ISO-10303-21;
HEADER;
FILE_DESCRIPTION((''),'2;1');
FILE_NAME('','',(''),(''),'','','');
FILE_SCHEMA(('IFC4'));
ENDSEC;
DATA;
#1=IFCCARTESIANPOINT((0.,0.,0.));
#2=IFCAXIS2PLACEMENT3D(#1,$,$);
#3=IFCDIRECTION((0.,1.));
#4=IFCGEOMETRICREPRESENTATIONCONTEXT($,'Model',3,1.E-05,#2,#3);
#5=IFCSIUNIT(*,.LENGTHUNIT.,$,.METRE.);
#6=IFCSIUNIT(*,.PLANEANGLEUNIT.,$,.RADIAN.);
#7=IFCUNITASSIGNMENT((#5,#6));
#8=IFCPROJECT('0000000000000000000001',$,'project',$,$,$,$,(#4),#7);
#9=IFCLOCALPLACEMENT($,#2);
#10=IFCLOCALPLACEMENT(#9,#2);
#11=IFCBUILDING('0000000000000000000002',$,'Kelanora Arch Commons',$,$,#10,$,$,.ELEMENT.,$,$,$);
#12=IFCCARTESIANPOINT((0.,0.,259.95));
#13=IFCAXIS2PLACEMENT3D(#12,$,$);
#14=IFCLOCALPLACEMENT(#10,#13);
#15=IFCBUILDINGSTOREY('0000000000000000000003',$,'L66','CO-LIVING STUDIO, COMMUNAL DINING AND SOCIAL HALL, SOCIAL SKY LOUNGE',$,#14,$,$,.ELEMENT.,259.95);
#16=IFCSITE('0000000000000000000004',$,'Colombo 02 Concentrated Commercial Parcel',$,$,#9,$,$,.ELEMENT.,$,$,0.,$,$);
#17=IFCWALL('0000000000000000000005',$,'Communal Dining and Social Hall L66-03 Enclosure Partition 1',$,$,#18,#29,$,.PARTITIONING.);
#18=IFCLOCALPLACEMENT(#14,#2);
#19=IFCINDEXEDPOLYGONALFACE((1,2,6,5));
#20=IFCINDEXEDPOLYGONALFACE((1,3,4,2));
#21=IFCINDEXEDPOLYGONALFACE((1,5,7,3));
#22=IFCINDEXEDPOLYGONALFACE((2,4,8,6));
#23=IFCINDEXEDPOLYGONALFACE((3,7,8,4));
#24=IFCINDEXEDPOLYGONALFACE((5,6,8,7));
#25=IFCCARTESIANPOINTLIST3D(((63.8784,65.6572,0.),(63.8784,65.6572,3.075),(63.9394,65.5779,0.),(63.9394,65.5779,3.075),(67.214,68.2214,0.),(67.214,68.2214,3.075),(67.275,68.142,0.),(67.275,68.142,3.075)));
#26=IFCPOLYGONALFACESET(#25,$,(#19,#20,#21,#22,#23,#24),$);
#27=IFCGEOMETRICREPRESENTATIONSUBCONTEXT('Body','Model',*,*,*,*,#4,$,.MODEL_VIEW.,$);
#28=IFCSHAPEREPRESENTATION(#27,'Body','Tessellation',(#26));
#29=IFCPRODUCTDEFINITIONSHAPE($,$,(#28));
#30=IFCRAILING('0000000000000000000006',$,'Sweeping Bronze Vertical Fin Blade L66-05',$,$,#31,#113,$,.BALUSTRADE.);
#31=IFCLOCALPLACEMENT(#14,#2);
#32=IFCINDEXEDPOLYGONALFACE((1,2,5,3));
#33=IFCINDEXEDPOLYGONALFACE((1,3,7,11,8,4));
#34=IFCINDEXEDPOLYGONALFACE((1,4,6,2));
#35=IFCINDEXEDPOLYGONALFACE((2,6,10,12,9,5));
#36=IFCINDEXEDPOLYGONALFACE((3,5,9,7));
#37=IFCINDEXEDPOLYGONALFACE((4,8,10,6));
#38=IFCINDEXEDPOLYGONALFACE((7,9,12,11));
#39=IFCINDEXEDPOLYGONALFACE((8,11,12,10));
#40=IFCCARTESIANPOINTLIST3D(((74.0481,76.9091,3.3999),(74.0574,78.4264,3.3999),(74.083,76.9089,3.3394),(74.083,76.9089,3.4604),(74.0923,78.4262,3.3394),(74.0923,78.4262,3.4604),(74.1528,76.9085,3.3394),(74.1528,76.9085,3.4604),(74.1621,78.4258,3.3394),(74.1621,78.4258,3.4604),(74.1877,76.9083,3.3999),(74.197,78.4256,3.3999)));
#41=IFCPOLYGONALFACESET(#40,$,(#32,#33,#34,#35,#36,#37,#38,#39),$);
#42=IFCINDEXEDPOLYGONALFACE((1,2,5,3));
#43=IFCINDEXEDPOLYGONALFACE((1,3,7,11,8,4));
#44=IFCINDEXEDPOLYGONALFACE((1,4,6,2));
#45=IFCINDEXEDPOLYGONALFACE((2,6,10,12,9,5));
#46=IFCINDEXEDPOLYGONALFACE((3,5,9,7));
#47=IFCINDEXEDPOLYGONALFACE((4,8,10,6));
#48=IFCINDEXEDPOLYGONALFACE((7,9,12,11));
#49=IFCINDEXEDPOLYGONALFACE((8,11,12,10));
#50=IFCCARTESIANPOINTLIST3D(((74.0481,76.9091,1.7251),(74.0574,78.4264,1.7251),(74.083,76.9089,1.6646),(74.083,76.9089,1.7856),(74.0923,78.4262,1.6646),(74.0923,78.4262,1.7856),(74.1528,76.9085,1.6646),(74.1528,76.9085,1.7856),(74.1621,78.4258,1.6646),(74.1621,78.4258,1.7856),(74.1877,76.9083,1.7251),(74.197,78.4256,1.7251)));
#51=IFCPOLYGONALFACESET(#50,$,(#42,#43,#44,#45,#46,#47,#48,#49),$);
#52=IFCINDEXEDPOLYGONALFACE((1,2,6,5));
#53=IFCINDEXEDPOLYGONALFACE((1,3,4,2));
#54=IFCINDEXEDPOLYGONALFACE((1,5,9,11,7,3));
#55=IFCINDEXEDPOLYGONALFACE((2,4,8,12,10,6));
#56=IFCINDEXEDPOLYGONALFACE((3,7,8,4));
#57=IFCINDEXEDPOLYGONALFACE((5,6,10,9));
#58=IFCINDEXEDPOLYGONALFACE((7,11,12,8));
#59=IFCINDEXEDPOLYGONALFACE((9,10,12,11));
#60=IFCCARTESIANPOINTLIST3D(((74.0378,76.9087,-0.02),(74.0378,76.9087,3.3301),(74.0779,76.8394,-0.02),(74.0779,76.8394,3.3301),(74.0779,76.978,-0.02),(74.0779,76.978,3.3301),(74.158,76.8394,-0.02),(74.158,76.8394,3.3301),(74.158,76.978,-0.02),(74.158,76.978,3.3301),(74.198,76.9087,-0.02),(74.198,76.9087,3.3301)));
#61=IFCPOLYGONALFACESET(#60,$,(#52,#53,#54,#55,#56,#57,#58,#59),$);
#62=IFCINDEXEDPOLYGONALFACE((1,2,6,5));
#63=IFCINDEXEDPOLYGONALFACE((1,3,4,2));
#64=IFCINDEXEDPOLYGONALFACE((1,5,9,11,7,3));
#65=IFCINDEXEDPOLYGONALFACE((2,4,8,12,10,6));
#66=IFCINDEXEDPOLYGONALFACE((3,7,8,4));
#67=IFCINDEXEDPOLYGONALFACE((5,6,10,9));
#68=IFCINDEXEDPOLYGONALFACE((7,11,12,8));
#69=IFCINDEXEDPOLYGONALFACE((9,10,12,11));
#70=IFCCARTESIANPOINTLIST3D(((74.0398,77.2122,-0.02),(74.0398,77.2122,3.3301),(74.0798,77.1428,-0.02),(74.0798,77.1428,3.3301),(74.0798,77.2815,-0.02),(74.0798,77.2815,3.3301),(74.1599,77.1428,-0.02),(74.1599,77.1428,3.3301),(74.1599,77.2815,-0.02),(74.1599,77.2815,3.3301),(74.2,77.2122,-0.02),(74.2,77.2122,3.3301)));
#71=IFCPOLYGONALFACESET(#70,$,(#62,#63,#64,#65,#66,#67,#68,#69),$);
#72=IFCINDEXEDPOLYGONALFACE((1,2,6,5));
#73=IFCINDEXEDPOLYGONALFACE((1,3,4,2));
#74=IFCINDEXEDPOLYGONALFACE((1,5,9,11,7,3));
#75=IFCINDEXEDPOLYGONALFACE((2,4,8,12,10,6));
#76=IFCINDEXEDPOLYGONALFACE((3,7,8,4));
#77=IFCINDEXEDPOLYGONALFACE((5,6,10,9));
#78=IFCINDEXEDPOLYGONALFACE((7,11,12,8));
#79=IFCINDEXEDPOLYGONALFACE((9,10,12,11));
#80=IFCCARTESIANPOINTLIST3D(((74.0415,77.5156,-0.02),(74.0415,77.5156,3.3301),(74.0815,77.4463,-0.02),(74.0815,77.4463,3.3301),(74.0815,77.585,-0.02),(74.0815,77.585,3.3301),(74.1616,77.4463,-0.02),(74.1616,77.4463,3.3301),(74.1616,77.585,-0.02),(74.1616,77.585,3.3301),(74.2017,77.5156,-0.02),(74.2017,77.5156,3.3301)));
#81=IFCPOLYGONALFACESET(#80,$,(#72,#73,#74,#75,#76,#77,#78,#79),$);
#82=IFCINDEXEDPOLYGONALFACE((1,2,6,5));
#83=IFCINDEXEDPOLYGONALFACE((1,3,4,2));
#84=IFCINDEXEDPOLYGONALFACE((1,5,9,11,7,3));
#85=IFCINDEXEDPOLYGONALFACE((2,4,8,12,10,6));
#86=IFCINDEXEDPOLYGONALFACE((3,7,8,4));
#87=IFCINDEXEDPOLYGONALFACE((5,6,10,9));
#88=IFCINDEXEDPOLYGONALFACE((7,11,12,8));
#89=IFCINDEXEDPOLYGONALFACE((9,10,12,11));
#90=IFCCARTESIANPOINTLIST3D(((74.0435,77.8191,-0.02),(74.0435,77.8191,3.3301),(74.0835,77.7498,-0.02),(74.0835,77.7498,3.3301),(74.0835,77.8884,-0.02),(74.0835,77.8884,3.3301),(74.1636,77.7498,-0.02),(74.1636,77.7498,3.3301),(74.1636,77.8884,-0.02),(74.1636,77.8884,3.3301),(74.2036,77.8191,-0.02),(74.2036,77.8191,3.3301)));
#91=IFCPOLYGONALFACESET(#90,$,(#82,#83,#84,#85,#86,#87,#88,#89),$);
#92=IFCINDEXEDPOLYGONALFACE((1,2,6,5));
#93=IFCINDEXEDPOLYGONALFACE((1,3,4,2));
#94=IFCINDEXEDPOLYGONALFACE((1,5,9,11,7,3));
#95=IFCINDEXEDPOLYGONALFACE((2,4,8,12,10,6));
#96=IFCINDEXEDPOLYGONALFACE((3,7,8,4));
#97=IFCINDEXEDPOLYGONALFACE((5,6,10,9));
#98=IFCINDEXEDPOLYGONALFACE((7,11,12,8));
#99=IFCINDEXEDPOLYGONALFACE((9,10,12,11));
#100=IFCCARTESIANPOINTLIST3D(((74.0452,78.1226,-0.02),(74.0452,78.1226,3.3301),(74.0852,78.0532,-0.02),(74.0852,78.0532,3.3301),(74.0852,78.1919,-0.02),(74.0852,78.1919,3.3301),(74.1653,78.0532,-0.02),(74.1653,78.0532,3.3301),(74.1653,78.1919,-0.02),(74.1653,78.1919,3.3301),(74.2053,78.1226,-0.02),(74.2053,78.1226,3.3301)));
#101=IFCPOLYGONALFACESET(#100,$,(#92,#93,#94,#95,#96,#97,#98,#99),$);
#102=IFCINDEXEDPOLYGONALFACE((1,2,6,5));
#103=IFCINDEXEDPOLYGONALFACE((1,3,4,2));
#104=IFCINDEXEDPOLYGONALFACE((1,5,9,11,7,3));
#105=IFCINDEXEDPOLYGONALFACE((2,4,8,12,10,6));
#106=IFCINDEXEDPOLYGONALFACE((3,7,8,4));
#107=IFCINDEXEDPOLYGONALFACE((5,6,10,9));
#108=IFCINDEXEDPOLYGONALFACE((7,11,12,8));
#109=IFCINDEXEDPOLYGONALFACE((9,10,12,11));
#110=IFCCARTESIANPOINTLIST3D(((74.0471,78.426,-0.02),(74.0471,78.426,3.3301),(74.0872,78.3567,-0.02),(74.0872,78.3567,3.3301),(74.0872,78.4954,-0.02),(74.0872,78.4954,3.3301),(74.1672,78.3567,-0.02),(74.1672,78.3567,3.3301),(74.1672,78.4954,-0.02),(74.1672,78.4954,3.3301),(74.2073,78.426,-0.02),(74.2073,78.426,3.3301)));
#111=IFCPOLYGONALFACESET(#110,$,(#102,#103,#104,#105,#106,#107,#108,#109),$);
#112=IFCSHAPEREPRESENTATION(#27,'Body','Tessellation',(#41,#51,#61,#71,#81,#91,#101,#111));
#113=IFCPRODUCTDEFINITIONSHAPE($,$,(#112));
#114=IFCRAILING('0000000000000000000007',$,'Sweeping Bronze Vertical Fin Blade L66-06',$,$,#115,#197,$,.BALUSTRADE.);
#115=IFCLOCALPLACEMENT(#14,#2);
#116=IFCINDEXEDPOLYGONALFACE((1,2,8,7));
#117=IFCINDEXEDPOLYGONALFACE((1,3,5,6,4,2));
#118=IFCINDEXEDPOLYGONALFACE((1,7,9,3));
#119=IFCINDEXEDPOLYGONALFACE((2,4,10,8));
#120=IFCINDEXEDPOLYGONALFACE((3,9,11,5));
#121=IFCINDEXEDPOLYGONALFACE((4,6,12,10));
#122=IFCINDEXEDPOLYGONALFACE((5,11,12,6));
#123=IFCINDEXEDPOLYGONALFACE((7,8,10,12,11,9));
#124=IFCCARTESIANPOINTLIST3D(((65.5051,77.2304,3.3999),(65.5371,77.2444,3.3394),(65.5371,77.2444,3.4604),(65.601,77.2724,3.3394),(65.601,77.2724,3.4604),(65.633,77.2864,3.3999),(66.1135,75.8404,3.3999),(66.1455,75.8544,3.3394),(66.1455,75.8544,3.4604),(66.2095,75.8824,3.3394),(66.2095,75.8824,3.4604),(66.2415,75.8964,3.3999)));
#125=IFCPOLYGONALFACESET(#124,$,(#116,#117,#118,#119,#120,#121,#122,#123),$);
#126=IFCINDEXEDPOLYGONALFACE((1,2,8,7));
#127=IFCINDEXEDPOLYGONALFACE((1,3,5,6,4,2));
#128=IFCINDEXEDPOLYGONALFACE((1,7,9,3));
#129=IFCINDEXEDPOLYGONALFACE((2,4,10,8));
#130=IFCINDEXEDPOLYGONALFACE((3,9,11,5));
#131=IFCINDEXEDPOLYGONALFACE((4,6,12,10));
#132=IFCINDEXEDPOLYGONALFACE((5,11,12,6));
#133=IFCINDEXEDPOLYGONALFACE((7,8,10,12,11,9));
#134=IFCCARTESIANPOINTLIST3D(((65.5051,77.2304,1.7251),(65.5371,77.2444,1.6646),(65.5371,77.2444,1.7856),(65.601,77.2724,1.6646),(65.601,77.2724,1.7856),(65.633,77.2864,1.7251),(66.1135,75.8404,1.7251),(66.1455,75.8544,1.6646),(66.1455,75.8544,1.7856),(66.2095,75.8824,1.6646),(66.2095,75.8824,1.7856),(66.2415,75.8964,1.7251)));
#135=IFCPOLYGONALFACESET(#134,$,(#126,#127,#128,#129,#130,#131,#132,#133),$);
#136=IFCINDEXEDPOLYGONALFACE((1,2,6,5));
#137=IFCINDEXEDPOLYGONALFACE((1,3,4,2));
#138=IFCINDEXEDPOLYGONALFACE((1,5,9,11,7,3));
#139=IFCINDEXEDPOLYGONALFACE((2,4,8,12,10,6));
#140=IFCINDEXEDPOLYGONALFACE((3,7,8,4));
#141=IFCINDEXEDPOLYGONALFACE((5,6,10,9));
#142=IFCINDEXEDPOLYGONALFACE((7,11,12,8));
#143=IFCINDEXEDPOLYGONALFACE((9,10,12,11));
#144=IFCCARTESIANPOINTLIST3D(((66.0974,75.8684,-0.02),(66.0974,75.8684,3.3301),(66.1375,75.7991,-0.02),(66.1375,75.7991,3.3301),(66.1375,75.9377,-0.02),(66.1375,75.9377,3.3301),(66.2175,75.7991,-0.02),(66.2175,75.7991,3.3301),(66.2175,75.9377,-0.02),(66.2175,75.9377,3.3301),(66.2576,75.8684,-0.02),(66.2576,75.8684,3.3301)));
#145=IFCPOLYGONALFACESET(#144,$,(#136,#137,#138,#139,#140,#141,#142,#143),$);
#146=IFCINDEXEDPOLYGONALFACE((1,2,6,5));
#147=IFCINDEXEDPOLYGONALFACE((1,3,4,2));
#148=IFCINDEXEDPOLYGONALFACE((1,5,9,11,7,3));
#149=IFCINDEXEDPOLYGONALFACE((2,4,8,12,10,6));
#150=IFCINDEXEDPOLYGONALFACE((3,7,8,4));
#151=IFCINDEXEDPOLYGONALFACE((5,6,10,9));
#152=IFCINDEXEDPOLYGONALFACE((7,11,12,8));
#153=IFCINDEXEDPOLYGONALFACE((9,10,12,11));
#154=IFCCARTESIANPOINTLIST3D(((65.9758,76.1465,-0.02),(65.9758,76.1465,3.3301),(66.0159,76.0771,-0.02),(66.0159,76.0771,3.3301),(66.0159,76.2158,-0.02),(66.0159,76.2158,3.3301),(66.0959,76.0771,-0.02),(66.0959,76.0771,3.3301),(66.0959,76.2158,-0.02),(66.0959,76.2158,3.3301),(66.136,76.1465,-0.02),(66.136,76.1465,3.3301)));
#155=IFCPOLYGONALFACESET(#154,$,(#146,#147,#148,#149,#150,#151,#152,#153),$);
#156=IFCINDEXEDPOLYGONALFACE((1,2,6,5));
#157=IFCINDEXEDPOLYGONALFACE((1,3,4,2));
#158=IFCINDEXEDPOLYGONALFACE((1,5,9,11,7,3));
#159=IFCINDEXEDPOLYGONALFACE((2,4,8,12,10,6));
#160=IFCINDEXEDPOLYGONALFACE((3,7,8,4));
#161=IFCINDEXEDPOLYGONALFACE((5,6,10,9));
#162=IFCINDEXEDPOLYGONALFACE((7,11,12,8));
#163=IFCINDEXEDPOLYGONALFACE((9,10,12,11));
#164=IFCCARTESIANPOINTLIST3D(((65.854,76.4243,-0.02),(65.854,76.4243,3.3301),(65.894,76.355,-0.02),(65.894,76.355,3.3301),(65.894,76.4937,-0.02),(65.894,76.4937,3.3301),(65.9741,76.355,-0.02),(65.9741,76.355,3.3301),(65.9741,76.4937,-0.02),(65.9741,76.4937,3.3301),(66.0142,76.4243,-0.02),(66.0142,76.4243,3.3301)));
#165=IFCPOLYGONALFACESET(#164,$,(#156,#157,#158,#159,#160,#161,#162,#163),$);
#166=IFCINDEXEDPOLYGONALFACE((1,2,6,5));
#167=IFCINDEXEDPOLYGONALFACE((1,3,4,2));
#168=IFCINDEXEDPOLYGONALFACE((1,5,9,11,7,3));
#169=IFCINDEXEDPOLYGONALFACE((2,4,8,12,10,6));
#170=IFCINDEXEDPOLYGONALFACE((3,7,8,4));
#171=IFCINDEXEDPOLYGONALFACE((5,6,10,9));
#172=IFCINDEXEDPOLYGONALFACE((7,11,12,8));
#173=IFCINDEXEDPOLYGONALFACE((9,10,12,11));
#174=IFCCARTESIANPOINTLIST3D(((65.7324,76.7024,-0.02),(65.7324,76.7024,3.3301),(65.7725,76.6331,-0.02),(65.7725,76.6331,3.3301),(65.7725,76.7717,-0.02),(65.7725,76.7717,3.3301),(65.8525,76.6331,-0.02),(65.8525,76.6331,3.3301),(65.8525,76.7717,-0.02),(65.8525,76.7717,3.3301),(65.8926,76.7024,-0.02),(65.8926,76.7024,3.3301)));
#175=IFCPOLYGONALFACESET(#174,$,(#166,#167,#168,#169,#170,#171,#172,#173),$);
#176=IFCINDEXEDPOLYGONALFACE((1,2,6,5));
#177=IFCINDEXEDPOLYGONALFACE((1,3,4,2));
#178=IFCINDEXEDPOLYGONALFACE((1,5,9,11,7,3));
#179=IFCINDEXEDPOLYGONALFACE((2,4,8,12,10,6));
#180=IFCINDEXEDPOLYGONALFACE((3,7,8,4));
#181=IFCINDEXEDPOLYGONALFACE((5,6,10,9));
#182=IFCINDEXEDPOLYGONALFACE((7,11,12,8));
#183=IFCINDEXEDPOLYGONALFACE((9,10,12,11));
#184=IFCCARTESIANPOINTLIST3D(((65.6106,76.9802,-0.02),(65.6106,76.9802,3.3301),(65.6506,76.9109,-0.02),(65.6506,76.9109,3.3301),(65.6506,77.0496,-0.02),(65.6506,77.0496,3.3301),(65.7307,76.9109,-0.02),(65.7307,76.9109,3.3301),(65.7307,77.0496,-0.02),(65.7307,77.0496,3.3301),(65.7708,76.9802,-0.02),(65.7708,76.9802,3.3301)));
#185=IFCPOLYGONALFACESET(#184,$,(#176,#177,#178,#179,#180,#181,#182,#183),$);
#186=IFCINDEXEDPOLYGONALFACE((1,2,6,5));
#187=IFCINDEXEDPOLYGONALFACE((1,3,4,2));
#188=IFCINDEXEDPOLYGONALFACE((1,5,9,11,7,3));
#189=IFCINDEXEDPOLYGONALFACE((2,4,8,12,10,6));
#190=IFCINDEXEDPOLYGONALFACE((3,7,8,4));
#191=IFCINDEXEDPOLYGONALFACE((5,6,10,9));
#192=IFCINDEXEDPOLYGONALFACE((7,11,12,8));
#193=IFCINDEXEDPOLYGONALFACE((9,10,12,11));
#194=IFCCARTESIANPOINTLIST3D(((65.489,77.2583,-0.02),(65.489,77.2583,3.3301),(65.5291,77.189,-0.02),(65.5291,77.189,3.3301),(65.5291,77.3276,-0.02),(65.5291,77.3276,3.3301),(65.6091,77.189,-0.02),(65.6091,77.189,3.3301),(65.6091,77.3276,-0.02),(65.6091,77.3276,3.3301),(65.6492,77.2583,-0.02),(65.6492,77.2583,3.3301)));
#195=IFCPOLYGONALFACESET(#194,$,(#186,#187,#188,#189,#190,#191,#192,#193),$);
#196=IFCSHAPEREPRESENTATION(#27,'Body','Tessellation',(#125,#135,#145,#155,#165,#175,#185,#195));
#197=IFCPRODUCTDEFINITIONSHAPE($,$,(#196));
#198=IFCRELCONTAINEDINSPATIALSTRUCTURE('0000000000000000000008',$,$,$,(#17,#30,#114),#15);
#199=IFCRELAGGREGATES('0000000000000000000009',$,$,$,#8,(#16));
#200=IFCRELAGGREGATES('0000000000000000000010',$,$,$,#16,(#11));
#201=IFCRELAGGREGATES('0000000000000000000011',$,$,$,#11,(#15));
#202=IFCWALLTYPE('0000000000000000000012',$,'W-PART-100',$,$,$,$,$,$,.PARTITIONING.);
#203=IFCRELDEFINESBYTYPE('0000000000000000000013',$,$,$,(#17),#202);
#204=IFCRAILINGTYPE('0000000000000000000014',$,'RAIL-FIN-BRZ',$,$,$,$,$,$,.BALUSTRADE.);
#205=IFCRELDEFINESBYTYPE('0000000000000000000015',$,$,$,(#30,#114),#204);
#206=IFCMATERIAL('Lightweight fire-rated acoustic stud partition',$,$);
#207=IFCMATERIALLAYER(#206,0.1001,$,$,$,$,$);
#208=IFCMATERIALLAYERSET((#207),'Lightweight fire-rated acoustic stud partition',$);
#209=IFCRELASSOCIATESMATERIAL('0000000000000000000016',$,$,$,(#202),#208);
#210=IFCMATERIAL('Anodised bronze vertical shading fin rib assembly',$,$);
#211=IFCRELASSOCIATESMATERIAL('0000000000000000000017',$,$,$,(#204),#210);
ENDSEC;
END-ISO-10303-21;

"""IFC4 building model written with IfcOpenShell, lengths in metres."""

from ifc_helpers import new_model, si_unit, direction, frame, frame_2d, origin, place, context, subcontext, project, spatial, polyline, rectangle, outline, extrude, material, layer, layer_set, type_object, element, save


model = new_model("IFC4")

# Units and contexts
model_context = context("Model", 3, precision=1e-05, world=origin(), true_north=direction((0.0, 1.0)))
body_context = subcontext(model_context, "Body", "Model", "MODEL_VIEW")
ifc_project = project(units=[si_unit("LENGTHUNIT", "METRE"), si_unit("PLANEANGLEUNIT", "RADIAN")], contexts=[model_context])

# Site, building, storey
site_placement = place(None, origin())
site = spatial("IfcSite", under=ifc_project, at=site_placement, Name="Colombo 02 Concentrated Commercial Parcel", CompositionType="ELEMENT", RefElevation=0.0)
building_placement = place(site_placement, origin())
building = spatial("IfcBuilding", under=site, at=building_placement, Name="Kelanora Arch Commons", CompositionType="ELEMENT")
storey_placement = place(building_placement, frame((0.0, 0.0, 259.95)))
storey = spatial("IfcBuildingStorey", under=building, at=storey_placement, Name="L66", Description="CO-LIVING STUDIO, COMMUNAL DINING AND SOCIAL HALL, SOCIAL SKY LOUNGE", CompositionType="ELEMENT", Elevation=259.95)

# Wall
ifc_material_1 = material(Name="Lightweight fire-rated acoustic stud partition")
ifc_layer_1 = layer(ifc_material_1, 0.1001)
ifc_layer_set_1 = layer_set([ifc_layer_1], Name="Lightweight fire-rated acoustic stud partition")
wall_type_1 = type_object("IfcWallType", Name="W-PART-100", PredefinedType="PARTITIONING", material=ifc_layer_set_1)
wall_1_placement = place(storey_placement, frame((67.2444, 68.1816, 0.0), z_axis=(0.0, 0.0, 1.0), x_axis=(-0.79282, -0.609456, 0.0)))
element("IfcWall", 1, at=wall_1_placement, inside=storey, type_object=wall_type_1, Name="Communal Dining and Social Hall L66-03 Enclosure Partition 1", PredefinedType="PARTITIONING", context=body_context, shape_type="SweptSolid", body=[
    extrude(rectangle(XDim=4.2073, YDim=0.1001, at=frame_2d((2.1035, 0.0))), origin(), (0.0, 0.0, 1.0), 3.075),
])

# Railings
ifc_material_2 = material(Name="Anodised bronze vertical shading fin rib assembly")
railing_type = type_object("IfcRailingType", Name="RAIL-FIN-BRZ", PredefinedType="BALUSTRADE", material=ifc_material_2)
railing_1_placement = place(storey_placement, frame((74.1179, 76.9087, -0.02)))
element("IfcRailing", 2, at=railing_1_placement, inside=storey, type_object=railing_type, Name="Sweeping Bronze Vertical Fin Blade L66-05", PredefinedType="BALUSTRADE", context=body_context, shape_type="SweptSolid", body=[
    extrude(outline(polyline([(0.0698, 0.0), (0.0349, 0.0605), (-0.0349, 0.0605), (-0.0698, 0.0), (-0.0349, -0.0605), (0.0349, -0.0605), (0.0698, 0.0)])), frame((0.0, 0.0, 3.4199), z_axis=(0.006114, 0.999981, 0.0), x_axis=(-0.999981, 0.006114, 0.0)), (0.0, 0.0, 1.0), 1.5173),
    extrude(outline(polyline([(0.0698, 0.0), (0.0349, 0.0605), (-0.0349, 0.0605), (-0.0698, 0.0), (-0.0349, -0.0605), (0.0349, -0.0605), (0.0698, 0.0)])), frame((0.0, 0.0, 1.7451), z_axis=(0.006114, 0.999981, 0.0), x_axis=(-0.999981, 0.006114, 0.0)), (0.0, 0.0, 1.0), 1.5173),
    extrude(outline(polyline([(0.0801, 0.0), (0.04, 0.0693), (-0.04, 0.0693), (-0.0801, 0.0), (-0.04, -0.0693), (0.04, -0.0693), (0.0801, 0.0)])), origin(), (0.0, 0.0, 1.0), 3.3501),
    extrude(outline(polyline([(0.0801, 0.0), (0.04, 0.0693), (-0.04, 0.0693), (-0.0801, 0.0), (-0.04, -0.0693), (0.04, -0.0693), (0.0801, 0.0)])), frame((0.002, 0.3035, 0.0)), (0.0, 0.0, 1.0), 3.3501),
    extrude(outline(polyline([(0.0801, 0.0), (0.04, 0.0693), (-0.04, 0.0693), (-0.0801, 0.0), (-0.04, -0.0693), (0.04, -0.0693), (0.0801, 0.0)])), frame((0.0037, 0.6069, 0.0)), (0.0, 0.0, 1.0), 3.3501),
    extrude(outline(polyline([(0.0801, 0.0), (0.04, 0.0693), (-0.04, 0.0693), (-0.0801, 0.0), (-0.04, -0.0693), (0.04, -0.0693), (0.0801, 0.0)])), frame((0.0056, 0.9104, 0.0)), (0.0, 0.0, 1.0), 3.3501),
    extrude(outline(polyline([(0.0801, 0.0), (0.04, 0.0693), (-0.04, 0.0693), (-0.0801, 0.0), (-0.04, -0.0693), (0.04, -0.0693), (0.0801, 0.0)])), frame((0.0073, 1.2139, 0.0)), (0.0, 0.0, 1.0), 3.3501),
    extrude(outline(polyline([(0.0801, 0.0), (0.04, 0.0693), (-0.04, 0.0693), (-0.0801, 0.0), (-0.04, -0.0693), (0.04, -0.0693), (0.0801, 0.0)])), frame((0.0093, 1.5173, 0.0)), (0.0, 0.0, 1.0), 3.3501),
])
railing_2_placement = place(storey_placement, frame((66.1775, 75.8684, -0.02)))
element("IfcRailing", 3, at=railing_2_placement, inside=storey, type_object=railing_type, Name="Sweeping Bronze Vertical Fin Blade L66-06", PredefinedType="BALUSTRADE", context=body_context, shape_type="SweptSolid", body=[
    extrude(outline(polyline([(0.0698, 0.0), (0.0349, 0.0605), (-0.0349, 0.0605), (-0.0698, 0.0), (-0.0349, -0.0605), (0.0349, -0.0605), (0.0698, 0.0)])), frame((0.0, 0.0, 3.4199), z_axis=(-0.400996, 0.91608, 0.0), x_axis=(-0.91608, -0.400996, 0.0)), (0.0, 0.0, 1.0), 1.5173),
    extrude(outline(polyline([(0.0698, 0.0), (0.0349, 0.0605), (-0.0349, 0.0605), (-0.0698, 0.0), (-0.0349, -0.0605), (0.0349, -0.0605), (0.0698, 0.0)])), frame((0.0, 0.0, 1.7451), z_axis=(-0.400996, 0.91608, 0.0), x_axis=(-0.91608, -0.400996, 0.0)), (0.0, 0.0, 1.0), 1.5173),
    extrude(outline(polyline([(0.0801, 0.0), (0.04, 0.0693), (-0.04, 0.0693), (-0.0801, 0.0), (-0.04, -0.0693), (0.04, -0.0693), (0.0801, 0.0)])), origin(), (0.0, 0.0, 1.0), 3.3501),
    extrude(outline(polyline([(0.0801, 0.0), (0.04, 0.0693), (-0.04, 0.0693), (-0.0801, 0.0), (-0.04, -0.0693), (0.04, -0.0693), (0.0801, 0.0)])), frame((-0.1216, 0.2781, 0.0)), (0.0, 0.0, 1.0), 3.3501),
    extrude(outline(polyline([(0.0801, 0.0), (0.04, 0.0693), (-0.04, 0.0693), (-0.0801, 0.0), (-0.04, -0.0693), (0.04, -0.0693), (0.0801, 0.0)])), frame((-0.2434, 0.5559, 0.0)), (0.0, 0.0, 1.0), 3.3501),
    extrude(outline(polyline([(0.0801, 0.0), (0.04, 0.0693), (-0.04, 0.0693), (-0.0801, 0.0), (-0.04, -0.0693), (0.04, -0.0693), (0.0801, 0.0)])), frame((-0.365, 0.834, 0.0)), (0.0, 0.0, 1.0), 3.3501),
    extrude(outline(polyline([(0.0801, 0.0), (0.04, 0.0693), (-0.04, 0.0693), (-0.0801, 0.0), (-0.04, -0.0693), (0.04, -0.0693), (0.0801, 0.0)])), frame((-0.4868, 1.1118, 0.0)), (0.0, 0.0, 1.0), 3.3501),
    extrude(outline(polyline([(0.0801, 0.0), (0.04, 0.0693), (-0.04, 0.0693), (-0.0801, 0.0), (-0.04, -0.0693), (0.04, -0.0693), (0.0801, 0.0)])), frame((-0.6084, 1.3899, 0.0)), (0.0, 0.0, 1.0), 3.3501),
])

save(model, "model.ifc")
